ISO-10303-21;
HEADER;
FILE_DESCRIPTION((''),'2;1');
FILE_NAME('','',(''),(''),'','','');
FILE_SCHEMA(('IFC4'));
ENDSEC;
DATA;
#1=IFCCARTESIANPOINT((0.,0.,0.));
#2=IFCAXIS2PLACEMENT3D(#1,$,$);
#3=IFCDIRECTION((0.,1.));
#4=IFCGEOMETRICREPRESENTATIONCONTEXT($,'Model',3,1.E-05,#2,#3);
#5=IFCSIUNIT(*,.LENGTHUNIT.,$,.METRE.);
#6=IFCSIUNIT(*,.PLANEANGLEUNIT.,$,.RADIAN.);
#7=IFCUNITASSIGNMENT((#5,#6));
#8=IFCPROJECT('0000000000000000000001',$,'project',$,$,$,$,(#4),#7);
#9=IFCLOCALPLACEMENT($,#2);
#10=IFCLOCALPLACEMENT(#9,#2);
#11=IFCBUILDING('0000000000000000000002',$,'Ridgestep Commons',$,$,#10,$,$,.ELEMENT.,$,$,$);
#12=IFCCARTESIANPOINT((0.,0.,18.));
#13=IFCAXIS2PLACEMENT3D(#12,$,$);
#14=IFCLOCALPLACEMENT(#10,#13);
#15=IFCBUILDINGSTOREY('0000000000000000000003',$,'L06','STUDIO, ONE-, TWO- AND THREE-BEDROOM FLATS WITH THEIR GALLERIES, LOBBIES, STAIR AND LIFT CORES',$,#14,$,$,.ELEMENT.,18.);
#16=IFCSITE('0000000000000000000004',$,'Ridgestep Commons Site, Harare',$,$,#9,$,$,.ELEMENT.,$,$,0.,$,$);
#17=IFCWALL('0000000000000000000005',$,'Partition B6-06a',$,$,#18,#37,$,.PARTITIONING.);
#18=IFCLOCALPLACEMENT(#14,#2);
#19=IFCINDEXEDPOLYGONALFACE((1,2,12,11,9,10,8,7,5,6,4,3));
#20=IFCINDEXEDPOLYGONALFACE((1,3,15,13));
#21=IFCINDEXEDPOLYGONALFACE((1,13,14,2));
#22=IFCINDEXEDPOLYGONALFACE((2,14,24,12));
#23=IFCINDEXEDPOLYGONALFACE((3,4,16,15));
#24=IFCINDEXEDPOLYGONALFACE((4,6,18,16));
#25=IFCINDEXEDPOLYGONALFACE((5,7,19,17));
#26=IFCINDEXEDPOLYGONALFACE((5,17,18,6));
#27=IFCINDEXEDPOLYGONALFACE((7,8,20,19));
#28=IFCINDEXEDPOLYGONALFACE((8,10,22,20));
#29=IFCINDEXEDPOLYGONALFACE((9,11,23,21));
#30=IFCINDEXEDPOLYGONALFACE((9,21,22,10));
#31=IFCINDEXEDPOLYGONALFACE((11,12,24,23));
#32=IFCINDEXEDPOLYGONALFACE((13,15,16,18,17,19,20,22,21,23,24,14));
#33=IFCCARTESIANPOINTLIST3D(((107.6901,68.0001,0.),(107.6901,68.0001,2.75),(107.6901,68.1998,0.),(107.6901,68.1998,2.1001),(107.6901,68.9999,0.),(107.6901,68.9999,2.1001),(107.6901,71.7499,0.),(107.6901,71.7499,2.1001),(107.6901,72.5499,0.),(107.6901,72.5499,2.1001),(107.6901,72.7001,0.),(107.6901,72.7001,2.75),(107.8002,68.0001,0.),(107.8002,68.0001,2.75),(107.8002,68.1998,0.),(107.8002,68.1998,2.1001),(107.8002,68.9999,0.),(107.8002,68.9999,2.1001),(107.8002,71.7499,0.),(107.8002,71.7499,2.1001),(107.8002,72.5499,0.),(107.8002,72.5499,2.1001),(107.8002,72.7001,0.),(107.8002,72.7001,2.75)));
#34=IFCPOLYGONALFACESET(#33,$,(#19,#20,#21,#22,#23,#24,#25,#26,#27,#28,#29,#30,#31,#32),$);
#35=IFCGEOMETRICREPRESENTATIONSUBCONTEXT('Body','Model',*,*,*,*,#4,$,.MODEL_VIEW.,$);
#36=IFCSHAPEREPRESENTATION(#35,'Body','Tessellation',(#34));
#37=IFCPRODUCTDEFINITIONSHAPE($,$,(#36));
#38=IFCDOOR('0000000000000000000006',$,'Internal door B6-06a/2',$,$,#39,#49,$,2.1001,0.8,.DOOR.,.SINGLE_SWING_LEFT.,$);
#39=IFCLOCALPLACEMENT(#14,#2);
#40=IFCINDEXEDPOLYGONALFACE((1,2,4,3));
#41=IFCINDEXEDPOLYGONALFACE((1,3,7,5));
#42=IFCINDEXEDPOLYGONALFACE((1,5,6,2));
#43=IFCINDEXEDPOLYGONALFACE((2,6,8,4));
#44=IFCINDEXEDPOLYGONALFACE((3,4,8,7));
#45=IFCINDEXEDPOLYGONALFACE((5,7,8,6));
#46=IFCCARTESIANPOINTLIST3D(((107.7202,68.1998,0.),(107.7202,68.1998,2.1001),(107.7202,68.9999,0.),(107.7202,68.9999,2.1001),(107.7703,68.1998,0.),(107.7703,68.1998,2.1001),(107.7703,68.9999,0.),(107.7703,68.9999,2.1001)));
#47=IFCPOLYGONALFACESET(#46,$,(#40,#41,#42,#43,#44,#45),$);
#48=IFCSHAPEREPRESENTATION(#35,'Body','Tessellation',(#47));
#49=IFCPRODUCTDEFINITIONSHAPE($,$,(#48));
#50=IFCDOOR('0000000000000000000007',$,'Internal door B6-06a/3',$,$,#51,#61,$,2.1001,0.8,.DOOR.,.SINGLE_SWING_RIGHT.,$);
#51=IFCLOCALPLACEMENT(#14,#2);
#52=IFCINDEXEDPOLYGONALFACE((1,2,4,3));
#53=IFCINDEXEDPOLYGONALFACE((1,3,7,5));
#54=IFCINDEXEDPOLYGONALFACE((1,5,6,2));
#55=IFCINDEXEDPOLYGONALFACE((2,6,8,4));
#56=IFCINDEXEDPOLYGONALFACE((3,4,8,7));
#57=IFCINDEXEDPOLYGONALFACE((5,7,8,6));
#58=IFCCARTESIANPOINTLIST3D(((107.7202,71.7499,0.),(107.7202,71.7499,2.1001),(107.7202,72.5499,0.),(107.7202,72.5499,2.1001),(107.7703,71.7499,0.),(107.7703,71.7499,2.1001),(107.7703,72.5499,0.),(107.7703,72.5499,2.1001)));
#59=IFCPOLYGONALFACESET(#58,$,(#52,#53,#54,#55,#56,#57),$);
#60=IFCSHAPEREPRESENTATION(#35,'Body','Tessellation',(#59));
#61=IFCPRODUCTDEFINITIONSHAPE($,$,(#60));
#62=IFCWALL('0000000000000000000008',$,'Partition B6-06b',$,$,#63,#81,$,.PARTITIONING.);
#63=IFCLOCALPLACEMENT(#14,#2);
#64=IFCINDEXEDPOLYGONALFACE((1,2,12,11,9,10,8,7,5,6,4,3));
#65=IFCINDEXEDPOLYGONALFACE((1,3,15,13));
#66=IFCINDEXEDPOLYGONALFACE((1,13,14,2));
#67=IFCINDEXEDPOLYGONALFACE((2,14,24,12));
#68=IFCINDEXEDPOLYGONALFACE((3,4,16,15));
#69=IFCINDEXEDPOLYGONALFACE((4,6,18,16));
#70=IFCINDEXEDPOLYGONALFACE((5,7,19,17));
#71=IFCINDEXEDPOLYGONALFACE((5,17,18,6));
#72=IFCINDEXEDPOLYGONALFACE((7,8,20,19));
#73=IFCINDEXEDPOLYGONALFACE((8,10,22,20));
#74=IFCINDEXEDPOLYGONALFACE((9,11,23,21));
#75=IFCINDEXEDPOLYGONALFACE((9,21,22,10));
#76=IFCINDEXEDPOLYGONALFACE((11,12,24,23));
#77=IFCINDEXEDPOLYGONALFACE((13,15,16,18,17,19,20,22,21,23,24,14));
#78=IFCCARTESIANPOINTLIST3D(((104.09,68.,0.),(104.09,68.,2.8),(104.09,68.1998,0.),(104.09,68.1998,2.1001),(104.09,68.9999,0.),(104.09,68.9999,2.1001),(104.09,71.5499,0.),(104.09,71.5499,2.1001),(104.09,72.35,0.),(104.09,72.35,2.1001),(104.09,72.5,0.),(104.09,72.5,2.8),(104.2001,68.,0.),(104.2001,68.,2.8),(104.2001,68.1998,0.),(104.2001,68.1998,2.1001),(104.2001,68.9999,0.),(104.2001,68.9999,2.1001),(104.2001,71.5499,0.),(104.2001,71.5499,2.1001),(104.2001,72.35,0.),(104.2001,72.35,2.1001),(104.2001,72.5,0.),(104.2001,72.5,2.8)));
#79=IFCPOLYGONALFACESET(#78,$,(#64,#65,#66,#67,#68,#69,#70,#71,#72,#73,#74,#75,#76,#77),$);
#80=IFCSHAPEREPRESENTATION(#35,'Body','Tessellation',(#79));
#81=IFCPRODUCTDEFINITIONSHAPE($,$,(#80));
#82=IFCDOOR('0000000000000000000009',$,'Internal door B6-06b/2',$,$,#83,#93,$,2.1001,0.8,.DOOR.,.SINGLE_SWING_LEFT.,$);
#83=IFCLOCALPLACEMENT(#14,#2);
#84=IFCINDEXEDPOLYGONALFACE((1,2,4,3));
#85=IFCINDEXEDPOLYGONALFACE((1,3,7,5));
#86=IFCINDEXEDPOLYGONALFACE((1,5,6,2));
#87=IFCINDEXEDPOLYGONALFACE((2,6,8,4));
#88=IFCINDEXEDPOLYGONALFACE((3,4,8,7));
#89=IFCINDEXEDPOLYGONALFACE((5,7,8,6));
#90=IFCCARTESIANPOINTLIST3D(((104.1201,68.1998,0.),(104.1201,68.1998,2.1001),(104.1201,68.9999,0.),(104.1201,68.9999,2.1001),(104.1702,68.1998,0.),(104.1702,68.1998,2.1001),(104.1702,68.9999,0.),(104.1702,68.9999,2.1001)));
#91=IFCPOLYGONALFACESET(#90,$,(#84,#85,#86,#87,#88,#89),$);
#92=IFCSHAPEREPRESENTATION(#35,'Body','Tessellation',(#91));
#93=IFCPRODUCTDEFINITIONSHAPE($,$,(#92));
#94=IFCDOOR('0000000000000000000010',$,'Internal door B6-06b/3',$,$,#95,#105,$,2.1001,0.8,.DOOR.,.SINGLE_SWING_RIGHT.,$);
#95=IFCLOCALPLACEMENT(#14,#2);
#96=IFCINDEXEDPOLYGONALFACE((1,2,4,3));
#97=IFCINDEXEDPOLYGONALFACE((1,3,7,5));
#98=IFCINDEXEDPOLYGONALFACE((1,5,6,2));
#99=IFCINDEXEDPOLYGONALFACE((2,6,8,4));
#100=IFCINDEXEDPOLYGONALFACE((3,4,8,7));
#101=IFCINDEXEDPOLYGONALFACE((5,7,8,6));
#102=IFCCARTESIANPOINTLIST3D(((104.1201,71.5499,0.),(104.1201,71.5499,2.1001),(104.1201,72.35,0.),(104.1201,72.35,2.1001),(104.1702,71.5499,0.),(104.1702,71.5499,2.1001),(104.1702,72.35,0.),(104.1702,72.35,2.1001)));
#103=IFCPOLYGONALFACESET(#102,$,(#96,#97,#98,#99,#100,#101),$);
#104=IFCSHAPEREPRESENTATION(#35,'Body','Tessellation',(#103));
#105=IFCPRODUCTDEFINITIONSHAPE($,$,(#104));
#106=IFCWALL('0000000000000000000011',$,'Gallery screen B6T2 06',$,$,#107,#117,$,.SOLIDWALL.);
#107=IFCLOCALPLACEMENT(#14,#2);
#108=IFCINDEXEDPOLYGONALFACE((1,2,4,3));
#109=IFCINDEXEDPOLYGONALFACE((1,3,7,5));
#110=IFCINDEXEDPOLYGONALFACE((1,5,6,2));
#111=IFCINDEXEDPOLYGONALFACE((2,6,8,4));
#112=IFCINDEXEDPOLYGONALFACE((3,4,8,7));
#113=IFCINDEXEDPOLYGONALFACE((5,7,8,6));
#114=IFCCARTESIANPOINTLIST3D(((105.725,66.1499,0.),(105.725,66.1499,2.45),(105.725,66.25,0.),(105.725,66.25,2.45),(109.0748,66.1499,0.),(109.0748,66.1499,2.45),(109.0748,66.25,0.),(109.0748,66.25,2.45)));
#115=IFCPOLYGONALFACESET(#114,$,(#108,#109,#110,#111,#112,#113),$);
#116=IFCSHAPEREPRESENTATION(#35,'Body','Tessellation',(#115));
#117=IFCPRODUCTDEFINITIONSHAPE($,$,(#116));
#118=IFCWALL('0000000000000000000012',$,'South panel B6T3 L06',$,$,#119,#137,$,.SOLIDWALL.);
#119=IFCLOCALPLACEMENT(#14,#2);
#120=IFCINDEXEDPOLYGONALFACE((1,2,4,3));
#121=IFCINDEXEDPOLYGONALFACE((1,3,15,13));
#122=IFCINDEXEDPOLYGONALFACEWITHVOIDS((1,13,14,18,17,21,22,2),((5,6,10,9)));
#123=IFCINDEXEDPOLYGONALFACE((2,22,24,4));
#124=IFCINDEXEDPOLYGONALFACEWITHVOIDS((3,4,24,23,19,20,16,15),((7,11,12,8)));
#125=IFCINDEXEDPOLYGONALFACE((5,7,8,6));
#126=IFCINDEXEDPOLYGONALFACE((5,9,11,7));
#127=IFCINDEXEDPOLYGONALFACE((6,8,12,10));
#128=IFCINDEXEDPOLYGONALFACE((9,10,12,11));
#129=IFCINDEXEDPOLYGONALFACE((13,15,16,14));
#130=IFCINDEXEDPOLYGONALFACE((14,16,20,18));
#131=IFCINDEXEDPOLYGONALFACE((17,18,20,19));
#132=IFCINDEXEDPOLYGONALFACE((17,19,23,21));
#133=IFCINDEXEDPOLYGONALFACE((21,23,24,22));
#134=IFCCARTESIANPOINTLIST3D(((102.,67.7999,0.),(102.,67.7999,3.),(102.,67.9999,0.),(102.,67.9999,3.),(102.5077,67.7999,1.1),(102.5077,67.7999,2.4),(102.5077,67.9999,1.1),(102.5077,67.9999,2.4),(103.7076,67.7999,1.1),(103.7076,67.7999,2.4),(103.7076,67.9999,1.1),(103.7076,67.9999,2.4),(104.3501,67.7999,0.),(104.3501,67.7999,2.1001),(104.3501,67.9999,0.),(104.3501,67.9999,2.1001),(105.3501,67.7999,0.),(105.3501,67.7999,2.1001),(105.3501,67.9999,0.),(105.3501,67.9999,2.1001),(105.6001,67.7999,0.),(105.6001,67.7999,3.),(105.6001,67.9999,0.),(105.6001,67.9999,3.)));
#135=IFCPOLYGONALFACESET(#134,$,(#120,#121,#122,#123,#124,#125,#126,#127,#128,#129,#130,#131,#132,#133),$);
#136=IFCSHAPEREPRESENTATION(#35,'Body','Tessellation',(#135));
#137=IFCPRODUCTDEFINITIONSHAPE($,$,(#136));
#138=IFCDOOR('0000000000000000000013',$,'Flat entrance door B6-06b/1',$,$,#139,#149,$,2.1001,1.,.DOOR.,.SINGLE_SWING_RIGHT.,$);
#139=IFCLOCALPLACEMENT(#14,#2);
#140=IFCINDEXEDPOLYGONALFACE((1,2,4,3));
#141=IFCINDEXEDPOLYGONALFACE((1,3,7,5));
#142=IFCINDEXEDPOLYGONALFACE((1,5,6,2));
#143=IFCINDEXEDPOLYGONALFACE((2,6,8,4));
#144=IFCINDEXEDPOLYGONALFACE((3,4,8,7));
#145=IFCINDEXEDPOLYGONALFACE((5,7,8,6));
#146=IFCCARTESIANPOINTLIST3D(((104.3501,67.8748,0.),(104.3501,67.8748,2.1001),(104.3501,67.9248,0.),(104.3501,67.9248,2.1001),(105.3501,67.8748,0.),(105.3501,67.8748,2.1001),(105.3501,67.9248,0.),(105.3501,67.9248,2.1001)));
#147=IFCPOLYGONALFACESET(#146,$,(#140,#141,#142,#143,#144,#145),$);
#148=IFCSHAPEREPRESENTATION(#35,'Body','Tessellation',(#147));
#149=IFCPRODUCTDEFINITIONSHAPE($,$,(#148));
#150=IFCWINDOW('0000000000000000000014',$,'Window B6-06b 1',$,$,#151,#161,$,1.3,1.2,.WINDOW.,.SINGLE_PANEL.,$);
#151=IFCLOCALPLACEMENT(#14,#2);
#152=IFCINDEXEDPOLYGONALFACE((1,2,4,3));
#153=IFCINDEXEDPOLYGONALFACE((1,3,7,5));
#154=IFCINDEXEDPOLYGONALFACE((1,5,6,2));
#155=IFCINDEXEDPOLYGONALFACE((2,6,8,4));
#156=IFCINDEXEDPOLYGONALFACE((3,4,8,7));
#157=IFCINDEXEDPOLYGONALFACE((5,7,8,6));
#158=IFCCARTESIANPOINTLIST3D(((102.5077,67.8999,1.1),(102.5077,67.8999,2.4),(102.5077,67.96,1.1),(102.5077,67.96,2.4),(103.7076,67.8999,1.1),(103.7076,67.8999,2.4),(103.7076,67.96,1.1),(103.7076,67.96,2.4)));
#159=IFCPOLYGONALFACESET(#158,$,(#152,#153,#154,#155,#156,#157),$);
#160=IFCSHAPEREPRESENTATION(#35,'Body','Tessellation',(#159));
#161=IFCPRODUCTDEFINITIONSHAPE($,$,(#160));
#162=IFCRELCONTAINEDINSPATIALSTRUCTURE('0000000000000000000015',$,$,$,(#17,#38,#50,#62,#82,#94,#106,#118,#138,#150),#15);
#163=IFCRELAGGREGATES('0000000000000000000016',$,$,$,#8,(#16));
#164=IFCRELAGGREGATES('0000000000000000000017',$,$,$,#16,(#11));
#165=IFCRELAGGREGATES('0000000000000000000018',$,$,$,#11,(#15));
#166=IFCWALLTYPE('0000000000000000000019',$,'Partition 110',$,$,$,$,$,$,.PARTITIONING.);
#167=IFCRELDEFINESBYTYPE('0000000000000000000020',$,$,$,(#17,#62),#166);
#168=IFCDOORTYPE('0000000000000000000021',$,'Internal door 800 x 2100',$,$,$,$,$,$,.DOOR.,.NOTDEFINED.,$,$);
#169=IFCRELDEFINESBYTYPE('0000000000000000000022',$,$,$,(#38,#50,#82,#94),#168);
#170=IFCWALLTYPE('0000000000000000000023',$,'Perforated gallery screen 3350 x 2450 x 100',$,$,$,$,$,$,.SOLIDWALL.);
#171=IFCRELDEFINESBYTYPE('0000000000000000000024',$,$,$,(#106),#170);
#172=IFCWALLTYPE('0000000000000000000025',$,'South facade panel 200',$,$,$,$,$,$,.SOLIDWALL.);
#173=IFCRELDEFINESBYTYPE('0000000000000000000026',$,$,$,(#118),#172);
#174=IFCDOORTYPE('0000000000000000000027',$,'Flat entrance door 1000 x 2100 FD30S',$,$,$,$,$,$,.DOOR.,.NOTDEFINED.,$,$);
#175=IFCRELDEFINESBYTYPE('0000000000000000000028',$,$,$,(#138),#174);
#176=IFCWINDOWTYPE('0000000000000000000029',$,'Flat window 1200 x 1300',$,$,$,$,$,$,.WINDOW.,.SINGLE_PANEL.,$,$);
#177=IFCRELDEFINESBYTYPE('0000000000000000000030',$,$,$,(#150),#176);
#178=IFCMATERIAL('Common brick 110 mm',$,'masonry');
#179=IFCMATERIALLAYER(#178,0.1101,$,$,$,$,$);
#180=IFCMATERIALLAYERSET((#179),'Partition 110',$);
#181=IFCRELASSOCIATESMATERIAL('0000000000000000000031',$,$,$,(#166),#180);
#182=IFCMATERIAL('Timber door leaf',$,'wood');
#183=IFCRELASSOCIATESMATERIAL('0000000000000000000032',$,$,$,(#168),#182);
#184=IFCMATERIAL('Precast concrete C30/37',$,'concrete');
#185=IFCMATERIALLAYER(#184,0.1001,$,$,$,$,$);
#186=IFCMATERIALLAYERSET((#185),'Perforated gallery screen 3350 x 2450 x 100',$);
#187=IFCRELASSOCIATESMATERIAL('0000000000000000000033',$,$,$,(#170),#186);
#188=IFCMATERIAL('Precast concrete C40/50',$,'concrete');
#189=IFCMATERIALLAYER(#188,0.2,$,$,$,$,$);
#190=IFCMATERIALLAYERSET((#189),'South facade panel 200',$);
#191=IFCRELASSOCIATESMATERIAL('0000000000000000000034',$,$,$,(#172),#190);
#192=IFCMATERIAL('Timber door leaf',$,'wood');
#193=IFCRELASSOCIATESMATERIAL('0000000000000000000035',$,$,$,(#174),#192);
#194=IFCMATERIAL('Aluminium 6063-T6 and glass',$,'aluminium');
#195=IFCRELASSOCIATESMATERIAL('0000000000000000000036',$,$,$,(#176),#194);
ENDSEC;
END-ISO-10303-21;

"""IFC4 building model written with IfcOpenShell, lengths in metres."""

from ifc_helpers import new_model, si_unit, direction, frame, frame_2d, origin, place, context, subcontext, project, spatial, rectangle, extrude, material, layer, layer_set, type_object, element, fill, save


model = new_model("IFC4")

# Units and contexts
model_context = context("Model", 3, precision=1e-05, world=origin(), true_north=direction((0.0, 1.0)))
body_context = subcontext(model_context, "Body", "Model", "MODEL_VIEW")
ifc_project = project(units=[si_unit("LENGTHUNIT", "METRE"), si_unit("PLANEANGLEUNIT", "RADIAN")], contexts=[model_context])

# Site, building, storey
site_placement = place(None, origin())
site = spatial("IfcSite", under=ifc_project, at=site_placement, Name="Ridgestep Commons Site, Harare", CompositionType="ELEMENT", RefElevation=0.0)
building_placement = place(site_placement, origin())
building = spatial("IfcBuilding", under=site, at=building_placement, Name="Ridgestep Commons", CompositionType="ELEMENT")
storey_placement = place(building_placement, frame((0.0, 0.0, 18.0)))
storey = spatial("IfcBuildingStorey", under=building, at=storey_placement, Name="L06", Description="STUDIO, ONE-, TWO- AND THREE-BEDROOM FLATS WITH THEIR GALLERIES, LOBBIES, STAIR AND LIFT CORES", CompositionType="ELEMENT", Elevation=18.0)

# Walls, openings, doors
ifc_material_1 = material(Name="Common brick 110 mm", Category="masonry")
ifc_layer_1 = layer(ifc_material_1, 0.1101)
ifc_layer_set_1 = layer_set([ifc_layer_1], Name="Partition 110")
wall_type_1 = type_object("IfcWallType", Name="Partition 110", PredefinedType="PARTITIONING", material=ifc_layer_set_1)
wall_1_placement = place(storey_placement, frame((107.7451, 68.0, 0.0), z_axis=(0.0, 0.0, 1.0), x_axis=(0.0, 1.0, 0.0)))
wall_1 = element("IfcWall", 1, at=wall_1_placement, inside=storey, type_object=wall_type_1, Name="Partition B6-06a", PredefinedType="PARTITIONING", context=body_context, shape_type="SweptSolid", body=[
    extrude(rectangle(XDim=4.7, YDim=0.1101, at=frame_2d((2.3501, 0.0))), origin(), (0.0, 0.0, 1.0), 2.75),
])
opening_1_placement = place(wall_1_placement, frame((0.2, 0.0, 0.0)))
opening_1 = element("IfcOpeningElement", 2, at=opening_1_placement, cuts=wall_1, PredefinedType="OPENING", context=body_context, shape_type="SweptSolid", body=[
    extrude(rectangle(XDim=0.8, YDim=2.1001, at=frame_2d((0.3999, 1.05))), frame((0.0, 0.0649, 0.0), z_axis=(0.0, -1.0, 0.0), x_axis=(1.0, 0.0, 0.0)), (0.0, 0.0, 1.0), 0.1301),
])
opening_2_placement = place(wall_1_placement, frame((3.75, 0.0, 0.0)))
opening_2 = element("IfcOpeningElement", 3, at=opening_2_placement, cuts=wall_1, PredefinedType="OPENING", context=body_context, shape_type="SweptSolid", body=[
    extrude(rectangle(XDim=0.8, YDim=2.1001, at=frame_2d((0.3999, 1.05))), frame((0.0, 0.0649, 0.0), z_axis=(0.0, -1.0, 0.0), x_axis=(1.0, 0.0, 0.0)), (0.0, 0.0, 1.0), 0.1301),
])
ifc_material_2 = material(Name="Timber door leaf", Category="wood")
door_type_1 = type_object("IfcDoorType", Name="Internal door 800 x 2100", OperationType="NOTDEFINED", PredefinedType="DOOR", material=ifc_material_2)
door_1_placement = place(opening_1_placement, origin())
door_1 = element("IfcDoor", 4, at=door_1_placement, inside=storey, type_object=door_type_1, Name="Internal door B6-06a/2", OperationType="SINGLE_SWING_LEFT", OverallHeight=2.1001, OverallWidth=0.8, PredefinedType="DOOR", context=body_context, shape_type="SweptSolid", body=[
    extrude(rectangle(XDim=0.8, YDim=2.1001, at=frame_2d((0.3999, 1.05))), frame((0.0, 0.0249, 0.0), z_axis=(0.0, -1.0, 0.0), x_axis=(1.0, 0.0, 0.0)), (0.0, 0.0, 1.0), 0.05),
])
fill(opening_1, door_1)
door_2_placement = place(opening_2_placement, origin())
door_2 = element("IfcDoor", 5, at=door_2_placement, inside=storey, type_object=door_type_1, Name="Internal door B6-06a/3", OperationType="SINGLE_SWING_RIGHT", OverallHeight=2.1001, OverallWidth=0.8, PredefinedType="DOOR", context=body_context, shape_type="SweptSolid", body=[
    extrude(rectangle(XDim=0.8, YDim=2.1001, at=frame_2d((0.3999, 1.05))), frame((0.0, 0.0249, 0.0), z_axis=(0.0, -1.0, 0.0), x_axis=(1.0, 0.0, 0.0)), (0.0, 0.0, 1.0), 0.05),
])
fill(opening_2, door_2)
wall_2_placement = place(storey_placement, frame((104.145, 68.0, 0.0), z_axis=(0.0, 0.0, 1.0), x_axis=(0.0, 1.0, 0.0)))
wall_2 = element("IfcWall", 6, at=wall_2_placement, inside=storey, type_object=wall_type_1, Name="Partition B6-06b", PredefinedType="PARTITIONING", context=body_context, shape_type="SweptSolid", body=[
    extrude(rectangle(XDim=4.5, YDim=0.1101, at=frame_2d((2.25, 0.0))), origin(), (0.0, 0.0, 1.0), 2.8),
])
opening_3_placement = place(wall_2_placement, frame((0.2, 0.0, 0.0)))
opening_3 = element("IfcOpeningElement", 7, at=opening_3_placement, cuts=wall_2, PredefinedType="OPENING", context=body_context, shape_type="SweptSolid", body=[
    extrude(rectangle(XDim=0.8, YDim=2.1001, at=frame_2d((0.3999, 1.05))), frame((0.0, 0.0649, 0.0), z_axis=(0.0, -1.0, 0.0), x_axis=(1.0, 0.0, 0.0)), (0.0, 0.0, 1.0), 0.1301),
])
opening_4_placement = place(wall_2_placement, frame((3.55, 0.0, 0.0)))
opening_4 = element("IfcOpeningElement", 8, at=opening_4_placement, cuts=wall_2, PredefinedType="OPENING", context=body_context, shape_type="SweptSolid", body=[
    extrude(rectangle(XDim=0.8, YDim=2.1001, at=frame_2d((0.3999, 1.05))), frame((0.0, 0.0649, 0.0), z_axis=(0.0, -1.0, 0.0), x_axis=(1.0, 0.0, 0.0)), (0.0, 0.0, 1.0), 0.1301),
])
door_3_placement = place(opening_3_placement, origin())
door_3 = element("IfcDoor", 9, at=door_3_placement, inside=storey, type_object=door_type_1, Name="Internal door B6-06b/2", OperationType="SINGLE_SWING_LEFT", OverallHeight=2.1001, OverallWidth=0.8, PredefinedType="DOOR", context=body_context, shape_type="SweptSolid", body=[
    extrude(rectangle(XDim=0.8, YDim=2.1001, at=frame_2d((0.3999, 1.05))), frame((0.0, 0.0249, 0.0), z_axis=(0.0, -1.0, 0.0), x_axis=(1.0, 0.0, 0.0)), (0.0, 0.0, 1.0), 0.05),
])
fill(opening_3, door_3)
door_4_placement = place(opening_4_placement, origin())
door_4 = element("IfcDoor", 10, at=door_4_placement, inside=storey, type_object=door_type_1, Name="Internal door B6-06b/3", OperationType="SINGLE_SWING_RIGHT", OverallHeight=2.1001, OverallWidth=0.8, PredefinedType="DOOR", context=body_context, shape_type="SweptSolid", body=[
    extrude(rectangle(XDim=0.8, YDim=2.1001, at=frame_2d((0.3999, 1.05))), frame((0.0, 0.0249, 0.0), z_axis=(0.0, -1.0, 0.0), x_axis=(1.0, 0.0, 0.0)), (0.0, 0.0, 1.0), 0.05),
])
fill(opening_4, door_4)

# Wall
ifc_material_3 = material(Name="Precast concrete C30/37", Category="concrete")
ifc_layer_2 = layer(ifc_material_3, 0.1001)
ifc_layer_set_2 = layer_set([ifc_layer_2], Name="Perforated gallery screen 3350 x 2450 x 100")
wall_type_2 = type_object("IfcWallType", Name="Perforated gallery screen 3350 x 2450 x 100", PredefinedType="SOLIDWALL", material=ifc_layer_set_2)
wall_3_placement = place(storey_placement, frame((105.7251, 66.2, 0.0), z_axis=(0.0, 0.0, 1.0), x_axis=(1.0, 0.0, 0.0)))
element("IfcWall", 11, at=wall_3_placement, inside=storey, type_object=wall_type_2, Name="Gallery screen B6T2 06", PredefinedType="SOLIDWALL", context=body_context, shape_type="SweptSolid", body=[
    extrude(rectangle(XDim=3.3499, YDim=0.1001, at=frame_2d((1.6748, 0.0))), origin(), (0.0, 0.0, 1.0), 2.45),
])

# Wall, openings, door, window
ifc_material_4 = material(Name="Precast concrete C40/50", Category="concrete")
ifc_layer_3 = layer(ifc_material_4, 0.2)
ifc_layer_set_3 = layer_set([ifc_layer_3], Name="South facade panel 200")
wall_type_3 = type_object("IfcWallType", Name="South facade panel 200", PredefinedType="SOLIDWALL", material=ifc_layer_set_3)
wall_4_placement = place(storey_placement, frame((102.0, 67.8999, 0.0), z_axis=(0.0, 0.0, 1.0), x_axis=(1.0, 0.0, 0.0)))
wall_4 = element("IfcWall", 12, at=wall_4_placement, inside=storey, type_object=wall_type_3, Name="South panel B6T3 L06", PredefinedType="SOLIDWALL", context=body_context, shape_type="SweptSolid", body=[
    extrude(rectangle(XDim=3.6001, YDim=0.2, at=frame_2d((1.8, 0.0))), origin(), (0.0, 0.0, 1.0), 3.0),
])
opening_5_placement = place(wall_4_placement, frame((0.5076, 0.0, 1.1001)))
opening_5 = element("IfcOpeningElement", 13, at=opening_5_placement, cuts=wall_4, PredefinedType="OPENING", context=body_context, shape_type="SweptSolid", body=[
    extrude(rectangle(XDim=1.2, YDim=1.3, at=frame_2d((0.6001, 0.6499))), frame((0.0, 0.1099, 0.0), z_axis=(0.0, -1.0, 0.0), x_axis=(1.0, 0.0, 0.0)), (0.0, 0.0, 1.0), 0.22),
])
opening_6_placement = place(wall_4_placement, frame((2.3501, 0.0, 0.0)))
opening_6 = element("IfcOpeningElement", 14, at=opening_6_placement, cuts=wall_4, PredefinedType="OPENING", context=body_context, shape_type="SweptSolid", body=[
    extrude(rectangle(XDim=1.0, YDim=2.1001, at=frame_2d((0.5, 1.05))), frame((0.0, 0.1099, 0.0), z_axis=(0.0, -1.0, 0.0), x_axis=(1.0, 0.0, 0.0)), (0.0, 0.0, 1.0), 0.22),
])
ifc_material_5 = material(Name="Timber door leaf", Category="wood")
door_type_2 = type_object("IfcDoorType", Name="Flat entrance door 1000 x 2100 FD30S", OperationType="NOTDEFINED", PredefinedType="DOOR", material=ifc_material_5)
door_5_placement = place(opening_6_placement, origin())
door_5 = element("IfcDoor", 15, at=door_5_placement, inside=storey, type_object=door_type_2, Name="Flat entrance door B6-06b/1", OperationType="SINGLE_SWING_RIGHT", OverallHeight=2.1001, OverallWidth=1.0, PredefinedType="DOOR", context=body_context, shape_type="SweptSolid", body=[
    extrude(rectangle(XDim=1.0, YDim=2.1001, at=frame_2d((0.5, 1.05))), frame((0.0, 0.0249, 0.0), z_axis=(0.0, -1.0, 0.0), x_axis=(1.0, 0.0, 0.0)), (0.0, 0.0, 1.0), 0.05),
])
fill(opening_6, door_5)
ifc_material_6 = material(Name="Aluminium 6063-T6 and glass", Category="aluminium")
window_type_1 = type_object("IfcWindowType", Name="Flat window 1200 x 1300", PartitioningType="SINGLE_PANEL", PredefinedType="WINDOW", material=ifc_material_6)
window_1_placement = place(opening_5_placement, origin())
window_1 = element("IfcWindow", 16, at=window_1_placement, inside=storey, type_object=window_type_1, Name="Window B6-06b 1", OverallHeight=1.3, OverallWidth=1.2, PartitioningType="SINGLE_PANEL", PredefinedType="WINDOW", context=body_context, shape_type="SweptSolid", body=[
    extrude(rectangle(XDim=1.2, YDim=1.3, at=frame_2d((0.6001, 0.6499))), frame((0.0, 0.0601, 0.0), z_axis=(0.0, -1.0, 0.0), x_axis=(1.0, 0.0, 0.0)), (0.0, 0.0, 1.0), 0.0601),
])
fill(opening_5, window_1)

save(model, "model.ifc")
